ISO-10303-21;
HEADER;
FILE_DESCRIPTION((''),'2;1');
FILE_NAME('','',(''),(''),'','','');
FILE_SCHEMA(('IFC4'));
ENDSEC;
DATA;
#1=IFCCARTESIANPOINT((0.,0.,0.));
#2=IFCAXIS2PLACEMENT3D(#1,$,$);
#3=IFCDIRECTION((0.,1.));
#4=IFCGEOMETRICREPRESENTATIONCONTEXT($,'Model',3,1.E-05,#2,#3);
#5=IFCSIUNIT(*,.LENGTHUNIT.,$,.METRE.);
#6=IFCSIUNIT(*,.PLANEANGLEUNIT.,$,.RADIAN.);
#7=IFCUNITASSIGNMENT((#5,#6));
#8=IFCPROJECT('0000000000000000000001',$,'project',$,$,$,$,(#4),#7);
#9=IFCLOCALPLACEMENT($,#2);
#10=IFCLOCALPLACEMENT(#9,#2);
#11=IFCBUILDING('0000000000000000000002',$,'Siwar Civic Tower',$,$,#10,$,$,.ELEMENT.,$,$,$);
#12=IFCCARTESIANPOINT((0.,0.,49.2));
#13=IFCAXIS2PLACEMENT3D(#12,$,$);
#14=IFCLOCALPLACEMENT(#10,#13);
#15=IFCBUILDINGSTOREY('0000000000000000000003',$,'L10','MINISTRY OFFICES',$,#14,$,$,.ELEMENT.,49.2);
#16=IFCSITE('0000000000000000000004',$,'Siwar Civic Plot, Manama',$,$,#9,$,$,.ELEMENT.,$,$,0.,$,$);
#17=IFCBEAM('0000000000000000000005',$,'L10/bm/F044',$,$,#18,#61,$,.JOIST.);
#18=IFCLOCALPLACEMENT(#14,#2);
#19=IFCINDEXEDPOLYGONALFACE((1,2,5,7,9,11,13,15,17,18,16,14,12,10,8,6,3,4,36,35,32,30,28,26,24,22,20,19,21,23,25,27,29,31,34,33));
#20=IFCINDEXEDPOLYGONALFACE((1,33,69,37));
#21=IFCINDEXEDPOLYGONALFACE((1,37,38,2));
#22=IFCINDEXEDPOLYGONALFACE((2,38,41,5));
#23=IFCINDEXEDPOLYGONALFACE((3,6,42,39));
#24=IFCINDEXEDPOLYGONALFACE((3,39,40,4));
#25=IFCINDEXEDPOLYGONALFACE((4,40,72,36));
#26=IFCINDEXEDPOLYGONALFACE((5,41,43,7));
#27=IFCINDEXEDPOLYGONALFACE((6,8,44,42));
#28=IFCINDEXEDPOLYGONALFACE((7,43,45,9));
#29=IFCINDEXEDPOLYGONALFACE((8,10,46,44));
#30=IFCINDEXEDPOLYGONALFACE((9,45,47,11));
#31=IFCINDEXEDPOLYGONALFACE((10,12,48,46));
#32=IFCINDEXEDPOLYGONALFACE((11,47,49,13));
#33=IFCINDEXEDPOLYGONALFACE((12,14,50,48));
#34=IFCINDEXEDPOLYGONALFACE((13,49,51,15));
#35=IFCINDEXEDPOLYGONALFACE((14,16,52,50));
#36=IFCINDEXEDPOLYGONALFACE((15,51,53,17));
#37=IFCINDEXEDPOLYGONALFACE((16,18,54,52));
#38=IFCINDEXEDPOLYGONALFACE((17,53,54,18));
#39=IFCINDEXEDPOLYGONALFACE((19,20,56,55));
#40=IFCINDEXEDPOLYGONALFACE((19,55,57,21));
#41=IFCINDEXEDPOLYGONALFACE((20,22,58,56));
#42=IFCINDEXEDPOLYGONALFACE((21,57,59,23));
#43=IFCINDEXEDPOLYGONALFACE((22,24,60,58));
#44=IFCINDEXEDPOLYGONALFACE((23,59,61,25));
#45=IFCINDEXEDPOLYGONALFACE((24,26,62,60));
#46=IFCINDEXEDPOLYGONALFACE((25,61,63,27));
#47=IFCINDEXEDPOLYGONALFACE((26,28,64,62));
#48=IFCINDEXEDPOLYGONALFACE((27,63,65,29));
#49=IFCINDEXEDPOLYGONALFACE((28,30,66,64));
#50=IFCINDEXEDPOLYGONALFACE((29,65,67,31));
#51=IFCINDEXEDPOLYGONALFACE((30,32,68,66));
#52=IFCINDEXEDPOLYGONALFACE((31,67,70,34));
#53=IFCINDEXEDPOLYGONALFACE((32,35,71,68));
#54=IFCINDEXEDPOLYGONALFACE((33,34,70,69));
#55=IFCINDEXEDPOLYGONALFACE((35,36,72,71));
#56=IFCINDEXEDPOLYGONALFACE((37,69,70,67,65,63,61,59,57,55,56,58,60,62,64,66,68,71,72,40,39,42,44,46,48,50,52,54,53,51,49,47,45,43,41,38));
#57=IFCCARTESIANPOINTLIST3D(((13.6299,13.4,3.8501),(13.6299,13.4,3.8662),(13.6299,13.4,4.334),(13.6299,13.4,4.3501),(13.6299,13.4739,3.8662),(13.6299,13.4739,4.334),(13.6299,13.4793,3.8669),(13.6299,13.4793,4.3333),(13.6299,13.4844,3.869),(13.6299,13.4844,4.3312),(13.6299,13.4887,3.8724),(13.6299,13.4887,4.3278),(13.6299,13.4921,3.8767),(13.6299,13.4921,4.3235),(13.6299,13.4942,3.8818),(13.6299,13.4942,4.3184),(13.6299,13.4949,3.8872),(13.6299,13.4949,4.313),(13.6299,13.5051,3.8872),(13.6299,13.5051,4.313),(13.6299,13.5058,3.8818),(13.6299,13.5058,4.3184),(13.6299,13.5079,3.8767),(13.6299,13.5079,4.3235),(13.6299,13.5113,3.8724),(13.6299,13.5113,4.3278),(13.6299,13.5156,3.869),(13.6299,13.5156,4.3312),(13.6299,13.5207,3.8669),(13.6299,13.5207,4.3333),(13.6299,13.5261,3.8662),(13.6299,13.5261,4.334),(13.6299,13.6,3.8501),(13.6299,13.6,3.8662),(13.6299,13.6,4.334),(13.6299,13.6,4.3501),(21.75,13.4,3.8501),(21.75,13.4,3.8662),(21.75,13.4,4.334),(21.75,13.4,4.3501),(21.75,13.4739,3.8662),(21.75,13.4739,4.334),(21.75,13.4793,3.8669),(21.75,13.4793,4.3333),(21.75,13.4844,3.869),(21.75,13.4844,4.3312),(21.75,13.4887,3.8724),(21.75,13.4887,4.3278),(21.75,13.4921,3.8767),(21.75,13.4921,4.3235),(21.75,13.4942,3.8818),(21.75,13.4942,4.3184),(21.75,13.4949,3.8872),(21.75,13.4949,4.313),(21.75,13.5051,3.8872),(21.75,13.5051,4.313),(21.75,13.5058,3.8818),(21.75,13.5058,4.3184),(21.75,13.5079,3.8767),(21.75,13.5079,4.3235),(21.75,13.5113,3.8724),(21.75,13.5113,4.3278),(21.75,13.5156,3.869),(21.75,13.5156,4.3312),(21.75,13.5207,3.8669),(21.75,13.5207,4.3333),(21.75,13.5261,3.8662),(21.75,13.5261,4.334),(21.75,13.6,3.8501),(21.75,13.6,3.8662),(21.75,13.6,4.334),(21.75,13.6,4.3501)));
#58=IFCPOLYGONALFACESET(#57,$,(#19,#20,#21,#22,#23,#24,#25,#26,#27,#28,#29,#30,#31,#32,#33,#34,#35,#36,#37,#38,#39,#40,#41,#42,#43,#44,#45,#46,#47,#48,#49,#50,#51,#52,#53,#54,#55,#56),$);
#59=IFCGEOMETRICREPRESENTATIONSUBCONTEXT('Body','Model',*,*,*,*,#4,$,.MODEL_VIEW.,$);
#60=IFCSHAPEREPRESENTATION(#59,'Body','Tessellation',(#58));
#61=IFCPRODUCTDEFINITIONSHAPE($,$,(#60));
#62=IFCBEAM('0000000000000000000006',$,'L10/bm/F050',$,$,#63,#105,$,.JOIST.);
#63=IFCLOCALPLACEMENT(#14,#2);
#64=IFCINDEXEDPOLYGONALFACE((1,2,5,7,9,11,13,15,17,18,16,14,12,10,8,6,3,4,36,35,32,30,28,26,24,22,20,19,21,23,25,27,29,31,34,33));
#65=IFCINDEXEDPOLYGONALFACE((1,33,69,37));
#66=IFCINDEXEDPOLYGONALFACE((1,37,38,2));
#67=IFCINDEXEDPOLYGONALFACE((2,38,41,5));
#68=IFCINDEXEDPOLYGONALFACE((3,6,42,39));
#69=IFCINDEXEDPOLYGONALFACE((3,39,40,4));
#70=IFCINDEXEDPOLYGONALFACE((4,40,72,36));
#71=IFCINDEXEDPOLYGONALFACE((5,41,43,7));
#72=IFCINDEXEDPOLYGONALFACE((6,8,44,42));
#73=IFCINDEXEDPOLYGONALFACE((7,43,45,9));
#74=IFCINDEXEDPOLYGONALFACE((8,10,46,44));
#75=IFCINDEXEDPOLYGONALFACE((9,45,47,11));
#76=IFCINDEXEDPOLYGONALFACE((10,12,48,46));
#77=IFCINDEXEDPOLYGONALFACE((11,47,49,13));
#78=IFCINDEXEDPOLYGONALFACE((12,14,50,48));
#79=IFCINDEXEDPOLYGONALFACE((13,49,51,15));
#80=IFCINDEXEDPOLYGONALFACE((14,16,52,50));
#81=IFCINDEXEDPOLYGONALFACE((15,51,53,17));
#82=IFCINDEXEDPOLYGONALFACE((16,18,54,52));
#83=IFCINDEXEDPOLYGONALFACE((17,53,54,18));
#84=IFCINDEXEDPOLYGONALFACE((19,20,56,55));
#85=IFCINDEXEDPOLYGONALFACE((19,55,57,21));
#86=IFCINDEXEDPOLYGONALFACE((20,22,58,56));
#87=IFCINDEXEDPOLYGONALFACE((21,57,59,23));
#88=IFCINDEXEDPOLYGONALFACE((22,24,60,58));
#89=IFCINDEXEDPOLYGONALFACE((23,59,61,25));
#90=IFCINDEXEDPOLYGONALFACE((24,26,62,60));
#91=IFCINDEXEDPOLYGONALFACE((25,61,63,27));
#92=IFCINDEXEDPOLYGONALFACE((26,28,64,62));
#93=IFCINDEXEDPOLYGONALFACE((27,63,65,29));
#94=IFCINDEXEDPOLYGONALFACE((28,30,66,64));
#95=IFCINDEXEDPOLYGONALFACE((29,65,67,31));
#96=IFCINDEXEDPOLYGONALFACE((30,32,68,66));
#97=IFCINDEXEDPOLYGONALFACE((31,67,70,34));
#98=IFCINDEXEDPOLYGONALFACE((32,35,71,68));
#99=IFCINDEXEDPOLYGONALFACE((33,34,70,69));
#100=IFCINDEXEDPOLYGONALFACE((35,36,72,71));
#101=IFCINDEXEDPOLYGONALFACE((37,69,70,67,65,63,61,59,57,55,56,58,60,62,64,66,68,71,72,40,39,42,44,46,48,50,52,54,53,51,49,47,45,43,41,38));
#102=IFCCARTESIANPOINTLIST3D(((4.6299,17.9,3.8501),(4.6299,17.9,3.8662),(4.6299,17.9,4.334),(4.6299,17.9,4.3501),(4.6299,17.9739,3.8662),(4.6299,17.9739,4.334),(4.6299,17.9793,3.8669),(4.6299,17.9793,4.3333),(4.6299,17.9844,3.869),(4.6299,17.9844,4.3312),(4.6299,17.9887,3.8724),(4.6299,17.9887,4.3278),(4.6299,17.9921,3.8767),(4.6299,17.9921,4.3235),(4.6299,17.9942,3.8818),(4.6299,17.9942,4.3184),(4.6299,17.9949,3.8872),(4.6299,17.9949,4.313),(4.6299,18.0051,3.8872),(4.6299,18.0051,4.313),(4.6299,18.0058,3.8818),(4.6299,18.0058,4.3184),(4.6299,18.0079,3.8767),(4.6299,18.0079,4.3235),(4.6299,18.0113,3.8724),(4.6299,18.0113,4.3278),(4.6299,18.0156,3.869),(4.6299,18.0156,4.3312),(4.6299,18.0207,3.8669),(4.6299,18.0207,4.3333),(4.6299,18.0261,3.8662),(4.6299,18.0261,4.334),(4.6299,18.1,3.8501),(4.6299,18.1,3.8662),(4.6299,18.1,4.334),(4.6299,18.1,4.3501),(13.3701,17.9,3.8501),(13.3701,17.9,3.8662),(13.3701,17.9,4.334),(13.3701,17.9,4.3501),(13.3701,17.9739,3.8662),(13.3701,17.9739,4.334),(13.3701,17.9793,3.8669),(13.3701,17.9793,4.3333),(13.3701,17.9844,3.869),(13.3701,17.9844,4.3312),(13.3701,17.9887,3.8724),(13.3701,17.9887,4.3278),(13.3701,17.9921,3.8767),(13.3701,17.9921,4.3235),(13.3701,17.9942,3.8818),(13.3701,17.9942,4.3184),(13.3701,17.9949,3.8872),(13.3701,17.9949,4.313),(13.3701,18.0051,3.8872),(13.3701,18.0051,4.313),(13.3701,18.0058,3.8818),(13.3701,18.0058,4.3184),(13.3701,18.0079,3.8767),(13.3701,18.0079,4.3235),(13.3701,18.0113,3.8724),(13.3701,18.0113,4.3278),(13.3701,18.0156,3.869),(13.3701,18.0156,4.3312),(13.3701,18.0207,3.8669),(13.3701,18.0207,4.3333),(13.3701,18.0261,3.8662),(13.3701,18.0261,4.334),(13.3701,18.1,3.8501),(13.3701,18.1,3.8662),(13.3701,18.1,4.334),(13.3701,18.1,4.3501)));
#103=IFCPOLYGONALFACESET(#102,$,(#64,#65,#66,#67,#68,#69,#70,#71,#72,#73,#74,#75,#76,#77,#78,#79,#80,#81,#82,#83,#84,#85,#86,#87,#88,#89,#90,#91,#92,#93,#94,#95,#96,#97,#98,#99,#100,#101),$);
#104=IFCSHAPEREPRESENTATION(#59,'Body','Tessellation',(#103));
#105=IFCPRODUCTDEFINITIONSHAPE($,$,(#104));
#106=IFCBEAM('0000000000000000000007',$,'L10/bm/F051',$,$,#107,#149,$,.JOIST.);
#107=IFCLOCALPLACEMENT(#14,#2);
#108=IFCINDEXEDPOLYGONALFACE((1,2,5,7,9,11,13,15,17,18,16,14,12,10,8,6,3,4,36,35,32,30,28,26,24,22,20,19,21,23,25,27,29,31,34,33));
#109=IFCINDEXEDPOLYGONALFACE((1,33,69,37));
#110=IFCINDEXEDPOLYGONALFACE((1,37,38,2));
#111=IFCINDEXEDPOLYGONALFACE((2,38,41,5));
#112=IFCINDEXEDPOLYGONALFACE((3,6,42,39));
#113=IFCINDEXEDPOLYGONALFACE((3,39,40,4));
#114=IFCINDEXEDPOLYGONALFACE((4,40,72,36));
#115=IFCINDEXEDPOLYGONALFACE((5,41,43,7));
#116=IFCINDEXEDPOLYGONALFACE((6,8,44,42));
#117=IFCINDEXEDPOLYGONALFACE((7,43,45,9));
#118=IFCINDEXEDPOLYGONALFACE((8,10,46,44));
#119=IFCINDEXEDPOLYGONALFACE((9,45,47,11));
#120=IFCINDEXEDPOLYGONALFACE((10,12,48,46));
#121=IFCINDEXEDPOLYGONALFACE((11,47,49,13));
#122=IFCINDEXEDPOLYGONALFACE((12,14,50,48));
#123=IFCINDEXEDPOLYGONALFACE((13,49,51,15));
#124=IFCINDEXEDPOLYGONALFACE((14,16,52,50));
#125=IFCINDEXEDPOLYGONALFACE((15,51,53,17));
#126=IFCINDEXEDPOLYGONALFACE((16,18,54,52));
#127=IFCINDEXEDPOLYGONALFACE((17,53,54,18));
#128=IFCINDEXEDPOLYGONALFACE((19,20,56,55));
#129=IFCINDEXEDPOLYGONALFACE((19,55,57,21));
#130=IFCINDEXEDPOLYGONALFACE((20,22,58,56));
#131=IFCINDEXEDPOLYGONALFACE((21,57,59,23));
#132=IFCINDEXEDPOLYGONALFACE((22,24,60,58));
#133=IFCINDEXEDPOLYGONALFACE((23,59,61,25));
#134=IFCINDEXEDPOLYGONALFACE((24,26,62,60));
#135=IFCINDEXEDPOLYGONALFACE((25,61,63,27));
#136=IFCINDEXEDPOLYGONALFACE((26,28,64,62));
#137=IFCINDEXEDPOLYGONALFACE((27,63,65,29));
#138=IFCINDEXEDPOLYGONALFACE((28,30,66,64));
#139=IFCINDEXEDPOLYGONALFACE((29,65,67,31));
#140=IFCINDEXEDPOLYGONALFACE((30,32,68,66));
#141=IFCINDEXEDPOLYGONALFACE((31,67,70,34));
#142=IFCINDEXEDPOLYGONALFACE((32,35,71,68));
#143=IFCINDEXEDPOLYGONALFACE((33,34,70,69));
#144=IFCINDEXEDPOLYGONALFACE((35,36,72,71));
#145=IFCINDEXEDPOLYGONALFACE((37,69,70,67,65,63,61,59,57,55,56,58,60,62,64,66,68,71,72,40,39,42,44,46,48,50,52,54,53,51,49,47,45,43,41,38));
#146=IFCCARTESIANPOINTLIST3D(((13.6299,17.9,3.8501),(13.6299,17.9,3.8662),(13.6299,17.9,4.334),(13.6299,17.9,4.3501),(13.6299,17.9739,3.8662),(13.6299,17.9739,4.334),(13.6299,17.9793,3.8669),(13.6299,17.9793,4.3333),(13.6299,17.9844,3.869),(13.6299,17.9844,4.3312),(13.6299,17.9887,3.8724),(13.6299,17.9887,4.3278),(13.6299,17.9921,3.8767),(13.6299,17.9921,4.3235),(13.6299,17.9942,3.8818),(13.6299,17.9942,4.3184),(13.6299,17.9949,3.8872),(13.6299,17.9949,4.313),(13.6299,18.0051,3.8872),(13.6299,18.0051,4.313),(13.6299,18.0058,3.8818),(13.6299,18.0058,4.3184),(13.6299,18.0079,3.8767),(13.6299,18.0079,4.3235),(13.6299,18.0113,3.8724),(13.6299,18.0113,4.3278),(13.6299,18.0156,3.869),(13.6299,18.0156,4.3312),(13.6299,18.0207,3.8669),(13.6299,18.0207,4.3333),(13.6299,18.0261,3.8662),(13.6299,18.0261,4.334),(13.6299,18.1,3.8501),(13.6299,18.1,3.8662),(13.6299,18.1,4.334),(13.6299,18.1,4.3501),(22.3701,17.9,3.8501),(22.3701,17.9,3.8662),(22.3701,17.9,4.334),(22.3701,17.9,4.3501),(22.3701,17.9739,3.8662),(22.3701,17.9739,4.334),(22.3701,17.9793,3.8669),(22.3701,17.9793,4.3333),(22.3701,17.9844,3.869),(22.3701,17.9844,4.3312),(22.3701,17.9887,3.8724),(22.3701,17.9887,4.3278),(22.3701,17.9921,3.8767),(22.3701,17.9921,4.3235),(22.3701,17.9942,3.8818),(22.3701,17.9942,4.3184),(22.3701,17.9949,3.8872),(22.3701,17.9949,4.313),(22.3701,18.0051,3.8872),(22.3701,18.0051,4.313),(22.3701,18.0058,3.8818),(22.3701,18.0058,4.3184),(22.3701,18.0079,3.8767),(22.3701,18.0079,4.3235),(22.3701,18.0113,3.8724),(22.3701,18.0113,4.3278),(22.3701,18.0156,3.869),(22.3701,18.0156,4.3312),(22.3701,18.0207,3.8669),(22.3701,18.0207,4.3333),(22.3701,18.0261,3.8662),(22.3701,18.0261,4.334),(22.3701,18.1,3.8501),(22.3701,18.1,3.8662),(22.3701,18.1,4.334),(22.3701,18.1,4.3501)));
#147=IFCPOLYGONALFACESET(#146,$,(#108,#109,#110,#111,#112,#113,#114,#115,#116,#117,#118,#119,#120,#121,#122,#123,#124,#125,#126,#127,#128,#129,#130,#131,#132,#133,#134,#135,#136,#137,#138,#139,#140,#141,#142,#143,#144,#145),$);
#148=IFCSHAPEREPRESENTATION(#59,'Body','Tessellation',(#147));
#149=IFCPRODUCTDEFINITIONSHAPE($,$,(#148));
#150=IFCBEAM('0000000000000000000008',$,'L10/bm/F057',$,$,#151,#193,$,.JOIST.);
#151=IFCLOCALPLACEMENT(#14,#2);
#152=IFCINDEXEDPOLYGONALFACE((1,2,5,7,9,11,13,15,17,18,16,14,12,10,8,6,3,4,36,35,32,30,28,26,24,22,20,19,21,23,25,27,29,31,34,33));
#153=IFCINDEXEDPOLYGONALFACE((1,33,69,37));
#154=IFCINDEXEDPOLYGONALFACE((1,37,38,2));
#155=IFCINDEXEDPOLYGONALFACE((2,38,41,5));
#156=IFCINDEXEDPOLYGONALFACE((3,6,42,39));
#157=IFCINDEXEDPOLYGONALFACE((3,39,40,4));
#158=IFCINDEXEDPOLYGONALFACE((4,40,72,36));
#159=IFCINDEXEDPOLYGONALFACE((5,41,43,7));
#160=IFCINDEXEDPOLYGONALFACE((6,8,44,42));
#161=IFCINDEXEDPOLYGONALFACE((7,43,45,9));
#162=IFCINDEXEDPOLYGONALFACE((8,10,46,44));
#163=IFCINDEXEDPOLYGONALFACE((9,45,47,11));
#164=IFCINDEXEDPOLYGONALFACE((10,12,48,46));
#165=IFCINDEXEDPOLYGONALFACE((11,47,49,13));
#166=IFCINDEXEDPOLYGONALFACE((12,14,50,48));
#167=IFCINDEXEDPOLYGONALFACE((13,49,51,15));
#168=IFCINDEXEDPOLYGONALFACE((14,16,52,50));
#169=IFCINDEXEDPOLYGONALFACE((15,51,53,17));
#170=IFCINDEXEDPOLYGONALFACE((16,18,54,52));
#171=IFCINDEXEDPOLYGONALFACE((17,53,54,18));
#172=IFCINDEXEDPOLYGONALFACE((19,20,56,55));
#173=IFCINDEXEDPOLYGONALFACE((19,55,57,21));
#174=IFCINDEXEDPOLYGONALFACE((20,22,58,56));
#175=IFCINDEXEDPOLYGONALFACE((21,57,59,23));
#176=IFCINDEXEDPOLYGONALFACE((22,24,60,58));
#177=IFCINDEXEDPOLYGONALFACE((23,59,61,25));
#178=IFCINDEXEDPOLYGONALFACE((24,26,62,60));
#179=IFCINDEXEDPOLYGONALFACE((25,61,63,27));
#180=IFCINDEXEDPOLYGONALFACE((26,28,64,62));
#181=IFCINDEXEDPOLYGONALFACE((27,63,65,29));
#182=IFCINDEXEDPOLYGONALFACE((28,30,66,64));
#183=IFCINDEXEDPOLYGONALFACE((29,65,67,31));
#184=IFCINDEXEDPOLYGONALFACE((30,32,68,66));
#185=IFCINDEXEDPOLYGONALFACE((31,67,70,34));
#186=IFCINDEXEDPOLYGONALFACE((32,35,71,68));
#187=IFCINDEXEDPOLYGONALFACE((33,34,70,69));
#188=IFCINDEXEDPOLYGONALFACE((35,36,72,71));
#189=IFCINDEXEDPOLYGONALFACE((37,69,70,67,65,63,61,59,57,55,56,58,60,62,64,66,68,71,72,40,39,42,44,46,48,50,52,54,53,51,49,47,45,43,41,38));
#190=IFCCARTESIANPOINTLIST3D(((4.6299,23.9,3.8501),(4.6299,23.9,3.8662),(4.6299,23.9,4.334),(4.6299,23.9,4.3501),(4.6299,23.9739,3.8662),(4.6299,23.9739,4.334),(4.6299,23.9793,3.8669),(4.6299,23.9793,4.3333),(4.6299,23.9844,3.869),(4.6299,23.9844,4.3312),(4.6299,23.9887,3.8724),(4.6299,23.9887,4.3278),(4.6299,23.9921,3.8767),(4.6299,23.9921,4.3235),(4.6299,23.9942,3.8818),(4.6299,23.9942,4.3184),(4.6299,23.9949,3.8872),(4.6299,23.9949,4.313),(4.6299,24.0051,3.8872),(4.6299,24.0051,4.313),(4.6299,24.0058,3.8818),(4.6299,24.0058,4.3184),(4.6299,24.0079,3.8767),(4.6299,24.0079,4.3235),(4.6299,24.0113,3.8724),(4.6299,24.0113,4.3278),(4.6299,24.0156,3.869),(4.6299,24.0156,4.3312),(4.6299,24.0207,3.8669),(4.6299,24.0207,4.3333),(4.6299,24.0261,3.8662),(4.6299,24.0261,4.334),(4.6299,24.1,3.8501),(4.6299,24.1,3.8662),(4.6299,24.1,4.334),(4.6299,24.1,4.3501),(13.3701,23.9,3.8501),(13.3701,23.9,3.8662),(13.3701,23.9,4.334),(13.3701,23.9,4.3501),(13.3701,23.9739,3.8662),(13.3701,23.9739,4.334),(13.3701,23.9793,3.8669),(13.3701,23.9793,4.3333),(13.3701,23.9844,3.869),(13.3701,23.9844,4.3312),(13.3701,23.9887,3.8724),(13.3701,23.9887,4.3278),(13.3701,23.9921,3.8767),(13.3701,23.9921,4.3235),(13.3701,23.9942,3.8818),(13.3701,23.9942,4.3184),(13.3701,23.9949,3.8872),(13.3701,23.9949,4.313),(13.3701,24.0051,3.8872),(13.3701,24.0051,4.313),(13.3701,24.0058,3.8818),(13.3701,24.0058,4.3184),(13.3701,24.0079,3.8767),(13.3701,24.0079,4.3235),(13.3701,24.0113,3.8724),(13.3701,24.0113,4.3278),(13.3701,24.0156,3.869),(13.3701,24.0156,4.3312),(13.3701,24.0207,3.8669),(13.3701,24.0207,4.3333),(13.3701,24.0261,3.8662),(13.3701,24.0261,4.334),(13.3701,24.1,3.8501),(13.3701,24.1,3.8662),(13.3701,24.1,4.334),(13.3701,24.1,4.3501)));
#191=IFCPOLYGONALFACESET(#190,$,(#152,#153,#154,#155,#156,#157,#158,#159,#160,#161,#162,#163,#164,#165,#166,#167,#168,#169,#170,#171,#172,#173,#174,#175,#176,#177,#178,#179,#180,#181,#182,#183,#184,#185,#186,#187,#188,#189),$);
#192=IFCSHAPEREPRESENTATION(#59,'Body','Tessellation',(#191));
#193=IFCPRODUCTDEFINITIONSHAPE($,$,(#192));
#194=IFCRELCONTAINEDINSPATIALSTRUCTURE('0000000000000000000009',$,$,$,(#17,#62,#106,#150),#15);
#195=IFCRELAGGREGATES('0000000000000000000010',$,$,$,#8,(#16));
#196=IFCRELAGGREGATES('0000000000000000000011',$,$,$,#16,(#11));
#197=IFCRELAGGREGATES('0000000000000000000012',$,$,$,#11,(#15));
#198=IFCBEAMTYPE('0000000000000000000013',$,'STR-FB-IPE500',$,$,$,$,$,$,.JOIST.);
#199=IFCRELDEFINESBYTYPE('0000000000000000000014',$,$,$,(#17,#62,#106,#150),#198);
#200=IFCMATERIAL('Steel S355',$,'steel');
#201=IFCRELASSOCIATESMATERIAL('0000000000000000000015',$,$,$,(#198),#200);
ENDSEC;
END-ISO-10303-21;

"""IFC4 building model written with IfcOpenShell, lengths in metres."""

from ifc_helpers import new_model, si_unit, direction, frame, origin, origin_2d, place, context, subcontext, project, spatial, i_section, extrude, material, material_profile, profile_set, type_object, element, save


model = new_model("IFC4")

# Units and contexts
model_context = context("Model", 3, precision=1e-05, world=origin(), true_north=direction((0.0, 1.0)))
body_context = subcontext(model_context, "Body", "Model", "MODEL_VIEW")
ifc_project = project(units=[si_unit("LENGTHUNIT", "METRE"), si_unit("PLANEANGLEUNIT", "RADIAN")], contexts=[model_context])

# Site, building, storey
site_placement = place(None, origin())
site = spatial("IfcSite", under=ifc_project, at=site_placement, Name="Siwar Civic Plot, Manama", CompositionType="ELEMENT", RefElevation=0.0)
building_placement = place(site_placement, origin())
building = spatial("IfcBuilding", under=site, at=building_placement, Name="Siwar Civic Tower", CompositionType="ELEMENT")
storey_placement = place(building_placement, frame((0.0, 0.0, 49.2)))
storey = spatial("IfcBuildingStorey", under=building, at=storey_placement, Name="L10", Description="MINISTRY OFFICES", CompositionType="ELEMENT", Elevation=49.2)

# Beams
ifc_material_1 = material(Name="Steel S355", Category="steel")
ifc_material_profile_1 = material_profile(ifc_material_1, i_section(OverallWidth=0.2, OverallDepth=0.5, WebThickness=0.0103, FlangeThickness=0.0161, FilletRadius=0.021, at=origin_2d()), Name="IPE500")
ifc_profile_set_1 = profile_set([ifc_material_profile_1], Name="Steel S355")
beam_type_1 = type_object("IfcBeamType", Name="STR-FB-IPE500", PredefinedType="JOIST", material=ifc_profile_set_1)
beam_1_placement = place(storey_placement, frame((13.6299, 13.5, 4.1001), z_axis=(1.0, 0.0, 0.0), x_axis=(0.0, 1.0, 0.0)))
element("IfcBeam", 1, at=beam_1_placement, inside=storey, type_object=beam_type_1, Name="L10/bm/F044", PredefinedType="JOIST", context=body_context, shape_type="SweptSolid", body=[
    extrude(i_section(OverallWidth=0.2, OverallDepth=0.5, WebThickness=0.0103, FlangeThickness=0.0161, FilletRadius=0.021, at=origin_2d()), origin(), (0.0, 0.0, 1.0), 8.1201),
])
for number, where, z_axis, x_axis, name in (
    (2, (4.6299, 18.0, 4.1001), (1.0, 0.0, 0.0), (0.0, 1.0, 0.0), "L10/bm/F050"),
    (3, (13.6299, 18.0, 4.1001), (1.0, 0.0, 0.0), (0.0, 1.0, 0.0), "L10/bm/F051"),
    (4, (4.6299, 24.0, 4.1001), (1.0, 0.0, 0.0), (0.0, 1.0, 0.0), "L10/bm/F057"),
):
    element("IfcBeam", number, at=place(storey_placement, frame(where, z_axis=z_axis, x_axis=x_axis)), inside=storey, type_object=beam_type_1, Name=name, PredefinedType="JOIST", context=body_context, shape_type="SweptSolid", body=[
        extrude(i_section(OverallWidth=0.2, OverallDepth=0.5, WebThickness=0.0103, FlangeThickness=0.0161, FilletRadius=0.021, at=origin_2d()), origin(), (0.0, 0.0, 1.0), 8.7402),
    ])

save(model, "model.ifc")
